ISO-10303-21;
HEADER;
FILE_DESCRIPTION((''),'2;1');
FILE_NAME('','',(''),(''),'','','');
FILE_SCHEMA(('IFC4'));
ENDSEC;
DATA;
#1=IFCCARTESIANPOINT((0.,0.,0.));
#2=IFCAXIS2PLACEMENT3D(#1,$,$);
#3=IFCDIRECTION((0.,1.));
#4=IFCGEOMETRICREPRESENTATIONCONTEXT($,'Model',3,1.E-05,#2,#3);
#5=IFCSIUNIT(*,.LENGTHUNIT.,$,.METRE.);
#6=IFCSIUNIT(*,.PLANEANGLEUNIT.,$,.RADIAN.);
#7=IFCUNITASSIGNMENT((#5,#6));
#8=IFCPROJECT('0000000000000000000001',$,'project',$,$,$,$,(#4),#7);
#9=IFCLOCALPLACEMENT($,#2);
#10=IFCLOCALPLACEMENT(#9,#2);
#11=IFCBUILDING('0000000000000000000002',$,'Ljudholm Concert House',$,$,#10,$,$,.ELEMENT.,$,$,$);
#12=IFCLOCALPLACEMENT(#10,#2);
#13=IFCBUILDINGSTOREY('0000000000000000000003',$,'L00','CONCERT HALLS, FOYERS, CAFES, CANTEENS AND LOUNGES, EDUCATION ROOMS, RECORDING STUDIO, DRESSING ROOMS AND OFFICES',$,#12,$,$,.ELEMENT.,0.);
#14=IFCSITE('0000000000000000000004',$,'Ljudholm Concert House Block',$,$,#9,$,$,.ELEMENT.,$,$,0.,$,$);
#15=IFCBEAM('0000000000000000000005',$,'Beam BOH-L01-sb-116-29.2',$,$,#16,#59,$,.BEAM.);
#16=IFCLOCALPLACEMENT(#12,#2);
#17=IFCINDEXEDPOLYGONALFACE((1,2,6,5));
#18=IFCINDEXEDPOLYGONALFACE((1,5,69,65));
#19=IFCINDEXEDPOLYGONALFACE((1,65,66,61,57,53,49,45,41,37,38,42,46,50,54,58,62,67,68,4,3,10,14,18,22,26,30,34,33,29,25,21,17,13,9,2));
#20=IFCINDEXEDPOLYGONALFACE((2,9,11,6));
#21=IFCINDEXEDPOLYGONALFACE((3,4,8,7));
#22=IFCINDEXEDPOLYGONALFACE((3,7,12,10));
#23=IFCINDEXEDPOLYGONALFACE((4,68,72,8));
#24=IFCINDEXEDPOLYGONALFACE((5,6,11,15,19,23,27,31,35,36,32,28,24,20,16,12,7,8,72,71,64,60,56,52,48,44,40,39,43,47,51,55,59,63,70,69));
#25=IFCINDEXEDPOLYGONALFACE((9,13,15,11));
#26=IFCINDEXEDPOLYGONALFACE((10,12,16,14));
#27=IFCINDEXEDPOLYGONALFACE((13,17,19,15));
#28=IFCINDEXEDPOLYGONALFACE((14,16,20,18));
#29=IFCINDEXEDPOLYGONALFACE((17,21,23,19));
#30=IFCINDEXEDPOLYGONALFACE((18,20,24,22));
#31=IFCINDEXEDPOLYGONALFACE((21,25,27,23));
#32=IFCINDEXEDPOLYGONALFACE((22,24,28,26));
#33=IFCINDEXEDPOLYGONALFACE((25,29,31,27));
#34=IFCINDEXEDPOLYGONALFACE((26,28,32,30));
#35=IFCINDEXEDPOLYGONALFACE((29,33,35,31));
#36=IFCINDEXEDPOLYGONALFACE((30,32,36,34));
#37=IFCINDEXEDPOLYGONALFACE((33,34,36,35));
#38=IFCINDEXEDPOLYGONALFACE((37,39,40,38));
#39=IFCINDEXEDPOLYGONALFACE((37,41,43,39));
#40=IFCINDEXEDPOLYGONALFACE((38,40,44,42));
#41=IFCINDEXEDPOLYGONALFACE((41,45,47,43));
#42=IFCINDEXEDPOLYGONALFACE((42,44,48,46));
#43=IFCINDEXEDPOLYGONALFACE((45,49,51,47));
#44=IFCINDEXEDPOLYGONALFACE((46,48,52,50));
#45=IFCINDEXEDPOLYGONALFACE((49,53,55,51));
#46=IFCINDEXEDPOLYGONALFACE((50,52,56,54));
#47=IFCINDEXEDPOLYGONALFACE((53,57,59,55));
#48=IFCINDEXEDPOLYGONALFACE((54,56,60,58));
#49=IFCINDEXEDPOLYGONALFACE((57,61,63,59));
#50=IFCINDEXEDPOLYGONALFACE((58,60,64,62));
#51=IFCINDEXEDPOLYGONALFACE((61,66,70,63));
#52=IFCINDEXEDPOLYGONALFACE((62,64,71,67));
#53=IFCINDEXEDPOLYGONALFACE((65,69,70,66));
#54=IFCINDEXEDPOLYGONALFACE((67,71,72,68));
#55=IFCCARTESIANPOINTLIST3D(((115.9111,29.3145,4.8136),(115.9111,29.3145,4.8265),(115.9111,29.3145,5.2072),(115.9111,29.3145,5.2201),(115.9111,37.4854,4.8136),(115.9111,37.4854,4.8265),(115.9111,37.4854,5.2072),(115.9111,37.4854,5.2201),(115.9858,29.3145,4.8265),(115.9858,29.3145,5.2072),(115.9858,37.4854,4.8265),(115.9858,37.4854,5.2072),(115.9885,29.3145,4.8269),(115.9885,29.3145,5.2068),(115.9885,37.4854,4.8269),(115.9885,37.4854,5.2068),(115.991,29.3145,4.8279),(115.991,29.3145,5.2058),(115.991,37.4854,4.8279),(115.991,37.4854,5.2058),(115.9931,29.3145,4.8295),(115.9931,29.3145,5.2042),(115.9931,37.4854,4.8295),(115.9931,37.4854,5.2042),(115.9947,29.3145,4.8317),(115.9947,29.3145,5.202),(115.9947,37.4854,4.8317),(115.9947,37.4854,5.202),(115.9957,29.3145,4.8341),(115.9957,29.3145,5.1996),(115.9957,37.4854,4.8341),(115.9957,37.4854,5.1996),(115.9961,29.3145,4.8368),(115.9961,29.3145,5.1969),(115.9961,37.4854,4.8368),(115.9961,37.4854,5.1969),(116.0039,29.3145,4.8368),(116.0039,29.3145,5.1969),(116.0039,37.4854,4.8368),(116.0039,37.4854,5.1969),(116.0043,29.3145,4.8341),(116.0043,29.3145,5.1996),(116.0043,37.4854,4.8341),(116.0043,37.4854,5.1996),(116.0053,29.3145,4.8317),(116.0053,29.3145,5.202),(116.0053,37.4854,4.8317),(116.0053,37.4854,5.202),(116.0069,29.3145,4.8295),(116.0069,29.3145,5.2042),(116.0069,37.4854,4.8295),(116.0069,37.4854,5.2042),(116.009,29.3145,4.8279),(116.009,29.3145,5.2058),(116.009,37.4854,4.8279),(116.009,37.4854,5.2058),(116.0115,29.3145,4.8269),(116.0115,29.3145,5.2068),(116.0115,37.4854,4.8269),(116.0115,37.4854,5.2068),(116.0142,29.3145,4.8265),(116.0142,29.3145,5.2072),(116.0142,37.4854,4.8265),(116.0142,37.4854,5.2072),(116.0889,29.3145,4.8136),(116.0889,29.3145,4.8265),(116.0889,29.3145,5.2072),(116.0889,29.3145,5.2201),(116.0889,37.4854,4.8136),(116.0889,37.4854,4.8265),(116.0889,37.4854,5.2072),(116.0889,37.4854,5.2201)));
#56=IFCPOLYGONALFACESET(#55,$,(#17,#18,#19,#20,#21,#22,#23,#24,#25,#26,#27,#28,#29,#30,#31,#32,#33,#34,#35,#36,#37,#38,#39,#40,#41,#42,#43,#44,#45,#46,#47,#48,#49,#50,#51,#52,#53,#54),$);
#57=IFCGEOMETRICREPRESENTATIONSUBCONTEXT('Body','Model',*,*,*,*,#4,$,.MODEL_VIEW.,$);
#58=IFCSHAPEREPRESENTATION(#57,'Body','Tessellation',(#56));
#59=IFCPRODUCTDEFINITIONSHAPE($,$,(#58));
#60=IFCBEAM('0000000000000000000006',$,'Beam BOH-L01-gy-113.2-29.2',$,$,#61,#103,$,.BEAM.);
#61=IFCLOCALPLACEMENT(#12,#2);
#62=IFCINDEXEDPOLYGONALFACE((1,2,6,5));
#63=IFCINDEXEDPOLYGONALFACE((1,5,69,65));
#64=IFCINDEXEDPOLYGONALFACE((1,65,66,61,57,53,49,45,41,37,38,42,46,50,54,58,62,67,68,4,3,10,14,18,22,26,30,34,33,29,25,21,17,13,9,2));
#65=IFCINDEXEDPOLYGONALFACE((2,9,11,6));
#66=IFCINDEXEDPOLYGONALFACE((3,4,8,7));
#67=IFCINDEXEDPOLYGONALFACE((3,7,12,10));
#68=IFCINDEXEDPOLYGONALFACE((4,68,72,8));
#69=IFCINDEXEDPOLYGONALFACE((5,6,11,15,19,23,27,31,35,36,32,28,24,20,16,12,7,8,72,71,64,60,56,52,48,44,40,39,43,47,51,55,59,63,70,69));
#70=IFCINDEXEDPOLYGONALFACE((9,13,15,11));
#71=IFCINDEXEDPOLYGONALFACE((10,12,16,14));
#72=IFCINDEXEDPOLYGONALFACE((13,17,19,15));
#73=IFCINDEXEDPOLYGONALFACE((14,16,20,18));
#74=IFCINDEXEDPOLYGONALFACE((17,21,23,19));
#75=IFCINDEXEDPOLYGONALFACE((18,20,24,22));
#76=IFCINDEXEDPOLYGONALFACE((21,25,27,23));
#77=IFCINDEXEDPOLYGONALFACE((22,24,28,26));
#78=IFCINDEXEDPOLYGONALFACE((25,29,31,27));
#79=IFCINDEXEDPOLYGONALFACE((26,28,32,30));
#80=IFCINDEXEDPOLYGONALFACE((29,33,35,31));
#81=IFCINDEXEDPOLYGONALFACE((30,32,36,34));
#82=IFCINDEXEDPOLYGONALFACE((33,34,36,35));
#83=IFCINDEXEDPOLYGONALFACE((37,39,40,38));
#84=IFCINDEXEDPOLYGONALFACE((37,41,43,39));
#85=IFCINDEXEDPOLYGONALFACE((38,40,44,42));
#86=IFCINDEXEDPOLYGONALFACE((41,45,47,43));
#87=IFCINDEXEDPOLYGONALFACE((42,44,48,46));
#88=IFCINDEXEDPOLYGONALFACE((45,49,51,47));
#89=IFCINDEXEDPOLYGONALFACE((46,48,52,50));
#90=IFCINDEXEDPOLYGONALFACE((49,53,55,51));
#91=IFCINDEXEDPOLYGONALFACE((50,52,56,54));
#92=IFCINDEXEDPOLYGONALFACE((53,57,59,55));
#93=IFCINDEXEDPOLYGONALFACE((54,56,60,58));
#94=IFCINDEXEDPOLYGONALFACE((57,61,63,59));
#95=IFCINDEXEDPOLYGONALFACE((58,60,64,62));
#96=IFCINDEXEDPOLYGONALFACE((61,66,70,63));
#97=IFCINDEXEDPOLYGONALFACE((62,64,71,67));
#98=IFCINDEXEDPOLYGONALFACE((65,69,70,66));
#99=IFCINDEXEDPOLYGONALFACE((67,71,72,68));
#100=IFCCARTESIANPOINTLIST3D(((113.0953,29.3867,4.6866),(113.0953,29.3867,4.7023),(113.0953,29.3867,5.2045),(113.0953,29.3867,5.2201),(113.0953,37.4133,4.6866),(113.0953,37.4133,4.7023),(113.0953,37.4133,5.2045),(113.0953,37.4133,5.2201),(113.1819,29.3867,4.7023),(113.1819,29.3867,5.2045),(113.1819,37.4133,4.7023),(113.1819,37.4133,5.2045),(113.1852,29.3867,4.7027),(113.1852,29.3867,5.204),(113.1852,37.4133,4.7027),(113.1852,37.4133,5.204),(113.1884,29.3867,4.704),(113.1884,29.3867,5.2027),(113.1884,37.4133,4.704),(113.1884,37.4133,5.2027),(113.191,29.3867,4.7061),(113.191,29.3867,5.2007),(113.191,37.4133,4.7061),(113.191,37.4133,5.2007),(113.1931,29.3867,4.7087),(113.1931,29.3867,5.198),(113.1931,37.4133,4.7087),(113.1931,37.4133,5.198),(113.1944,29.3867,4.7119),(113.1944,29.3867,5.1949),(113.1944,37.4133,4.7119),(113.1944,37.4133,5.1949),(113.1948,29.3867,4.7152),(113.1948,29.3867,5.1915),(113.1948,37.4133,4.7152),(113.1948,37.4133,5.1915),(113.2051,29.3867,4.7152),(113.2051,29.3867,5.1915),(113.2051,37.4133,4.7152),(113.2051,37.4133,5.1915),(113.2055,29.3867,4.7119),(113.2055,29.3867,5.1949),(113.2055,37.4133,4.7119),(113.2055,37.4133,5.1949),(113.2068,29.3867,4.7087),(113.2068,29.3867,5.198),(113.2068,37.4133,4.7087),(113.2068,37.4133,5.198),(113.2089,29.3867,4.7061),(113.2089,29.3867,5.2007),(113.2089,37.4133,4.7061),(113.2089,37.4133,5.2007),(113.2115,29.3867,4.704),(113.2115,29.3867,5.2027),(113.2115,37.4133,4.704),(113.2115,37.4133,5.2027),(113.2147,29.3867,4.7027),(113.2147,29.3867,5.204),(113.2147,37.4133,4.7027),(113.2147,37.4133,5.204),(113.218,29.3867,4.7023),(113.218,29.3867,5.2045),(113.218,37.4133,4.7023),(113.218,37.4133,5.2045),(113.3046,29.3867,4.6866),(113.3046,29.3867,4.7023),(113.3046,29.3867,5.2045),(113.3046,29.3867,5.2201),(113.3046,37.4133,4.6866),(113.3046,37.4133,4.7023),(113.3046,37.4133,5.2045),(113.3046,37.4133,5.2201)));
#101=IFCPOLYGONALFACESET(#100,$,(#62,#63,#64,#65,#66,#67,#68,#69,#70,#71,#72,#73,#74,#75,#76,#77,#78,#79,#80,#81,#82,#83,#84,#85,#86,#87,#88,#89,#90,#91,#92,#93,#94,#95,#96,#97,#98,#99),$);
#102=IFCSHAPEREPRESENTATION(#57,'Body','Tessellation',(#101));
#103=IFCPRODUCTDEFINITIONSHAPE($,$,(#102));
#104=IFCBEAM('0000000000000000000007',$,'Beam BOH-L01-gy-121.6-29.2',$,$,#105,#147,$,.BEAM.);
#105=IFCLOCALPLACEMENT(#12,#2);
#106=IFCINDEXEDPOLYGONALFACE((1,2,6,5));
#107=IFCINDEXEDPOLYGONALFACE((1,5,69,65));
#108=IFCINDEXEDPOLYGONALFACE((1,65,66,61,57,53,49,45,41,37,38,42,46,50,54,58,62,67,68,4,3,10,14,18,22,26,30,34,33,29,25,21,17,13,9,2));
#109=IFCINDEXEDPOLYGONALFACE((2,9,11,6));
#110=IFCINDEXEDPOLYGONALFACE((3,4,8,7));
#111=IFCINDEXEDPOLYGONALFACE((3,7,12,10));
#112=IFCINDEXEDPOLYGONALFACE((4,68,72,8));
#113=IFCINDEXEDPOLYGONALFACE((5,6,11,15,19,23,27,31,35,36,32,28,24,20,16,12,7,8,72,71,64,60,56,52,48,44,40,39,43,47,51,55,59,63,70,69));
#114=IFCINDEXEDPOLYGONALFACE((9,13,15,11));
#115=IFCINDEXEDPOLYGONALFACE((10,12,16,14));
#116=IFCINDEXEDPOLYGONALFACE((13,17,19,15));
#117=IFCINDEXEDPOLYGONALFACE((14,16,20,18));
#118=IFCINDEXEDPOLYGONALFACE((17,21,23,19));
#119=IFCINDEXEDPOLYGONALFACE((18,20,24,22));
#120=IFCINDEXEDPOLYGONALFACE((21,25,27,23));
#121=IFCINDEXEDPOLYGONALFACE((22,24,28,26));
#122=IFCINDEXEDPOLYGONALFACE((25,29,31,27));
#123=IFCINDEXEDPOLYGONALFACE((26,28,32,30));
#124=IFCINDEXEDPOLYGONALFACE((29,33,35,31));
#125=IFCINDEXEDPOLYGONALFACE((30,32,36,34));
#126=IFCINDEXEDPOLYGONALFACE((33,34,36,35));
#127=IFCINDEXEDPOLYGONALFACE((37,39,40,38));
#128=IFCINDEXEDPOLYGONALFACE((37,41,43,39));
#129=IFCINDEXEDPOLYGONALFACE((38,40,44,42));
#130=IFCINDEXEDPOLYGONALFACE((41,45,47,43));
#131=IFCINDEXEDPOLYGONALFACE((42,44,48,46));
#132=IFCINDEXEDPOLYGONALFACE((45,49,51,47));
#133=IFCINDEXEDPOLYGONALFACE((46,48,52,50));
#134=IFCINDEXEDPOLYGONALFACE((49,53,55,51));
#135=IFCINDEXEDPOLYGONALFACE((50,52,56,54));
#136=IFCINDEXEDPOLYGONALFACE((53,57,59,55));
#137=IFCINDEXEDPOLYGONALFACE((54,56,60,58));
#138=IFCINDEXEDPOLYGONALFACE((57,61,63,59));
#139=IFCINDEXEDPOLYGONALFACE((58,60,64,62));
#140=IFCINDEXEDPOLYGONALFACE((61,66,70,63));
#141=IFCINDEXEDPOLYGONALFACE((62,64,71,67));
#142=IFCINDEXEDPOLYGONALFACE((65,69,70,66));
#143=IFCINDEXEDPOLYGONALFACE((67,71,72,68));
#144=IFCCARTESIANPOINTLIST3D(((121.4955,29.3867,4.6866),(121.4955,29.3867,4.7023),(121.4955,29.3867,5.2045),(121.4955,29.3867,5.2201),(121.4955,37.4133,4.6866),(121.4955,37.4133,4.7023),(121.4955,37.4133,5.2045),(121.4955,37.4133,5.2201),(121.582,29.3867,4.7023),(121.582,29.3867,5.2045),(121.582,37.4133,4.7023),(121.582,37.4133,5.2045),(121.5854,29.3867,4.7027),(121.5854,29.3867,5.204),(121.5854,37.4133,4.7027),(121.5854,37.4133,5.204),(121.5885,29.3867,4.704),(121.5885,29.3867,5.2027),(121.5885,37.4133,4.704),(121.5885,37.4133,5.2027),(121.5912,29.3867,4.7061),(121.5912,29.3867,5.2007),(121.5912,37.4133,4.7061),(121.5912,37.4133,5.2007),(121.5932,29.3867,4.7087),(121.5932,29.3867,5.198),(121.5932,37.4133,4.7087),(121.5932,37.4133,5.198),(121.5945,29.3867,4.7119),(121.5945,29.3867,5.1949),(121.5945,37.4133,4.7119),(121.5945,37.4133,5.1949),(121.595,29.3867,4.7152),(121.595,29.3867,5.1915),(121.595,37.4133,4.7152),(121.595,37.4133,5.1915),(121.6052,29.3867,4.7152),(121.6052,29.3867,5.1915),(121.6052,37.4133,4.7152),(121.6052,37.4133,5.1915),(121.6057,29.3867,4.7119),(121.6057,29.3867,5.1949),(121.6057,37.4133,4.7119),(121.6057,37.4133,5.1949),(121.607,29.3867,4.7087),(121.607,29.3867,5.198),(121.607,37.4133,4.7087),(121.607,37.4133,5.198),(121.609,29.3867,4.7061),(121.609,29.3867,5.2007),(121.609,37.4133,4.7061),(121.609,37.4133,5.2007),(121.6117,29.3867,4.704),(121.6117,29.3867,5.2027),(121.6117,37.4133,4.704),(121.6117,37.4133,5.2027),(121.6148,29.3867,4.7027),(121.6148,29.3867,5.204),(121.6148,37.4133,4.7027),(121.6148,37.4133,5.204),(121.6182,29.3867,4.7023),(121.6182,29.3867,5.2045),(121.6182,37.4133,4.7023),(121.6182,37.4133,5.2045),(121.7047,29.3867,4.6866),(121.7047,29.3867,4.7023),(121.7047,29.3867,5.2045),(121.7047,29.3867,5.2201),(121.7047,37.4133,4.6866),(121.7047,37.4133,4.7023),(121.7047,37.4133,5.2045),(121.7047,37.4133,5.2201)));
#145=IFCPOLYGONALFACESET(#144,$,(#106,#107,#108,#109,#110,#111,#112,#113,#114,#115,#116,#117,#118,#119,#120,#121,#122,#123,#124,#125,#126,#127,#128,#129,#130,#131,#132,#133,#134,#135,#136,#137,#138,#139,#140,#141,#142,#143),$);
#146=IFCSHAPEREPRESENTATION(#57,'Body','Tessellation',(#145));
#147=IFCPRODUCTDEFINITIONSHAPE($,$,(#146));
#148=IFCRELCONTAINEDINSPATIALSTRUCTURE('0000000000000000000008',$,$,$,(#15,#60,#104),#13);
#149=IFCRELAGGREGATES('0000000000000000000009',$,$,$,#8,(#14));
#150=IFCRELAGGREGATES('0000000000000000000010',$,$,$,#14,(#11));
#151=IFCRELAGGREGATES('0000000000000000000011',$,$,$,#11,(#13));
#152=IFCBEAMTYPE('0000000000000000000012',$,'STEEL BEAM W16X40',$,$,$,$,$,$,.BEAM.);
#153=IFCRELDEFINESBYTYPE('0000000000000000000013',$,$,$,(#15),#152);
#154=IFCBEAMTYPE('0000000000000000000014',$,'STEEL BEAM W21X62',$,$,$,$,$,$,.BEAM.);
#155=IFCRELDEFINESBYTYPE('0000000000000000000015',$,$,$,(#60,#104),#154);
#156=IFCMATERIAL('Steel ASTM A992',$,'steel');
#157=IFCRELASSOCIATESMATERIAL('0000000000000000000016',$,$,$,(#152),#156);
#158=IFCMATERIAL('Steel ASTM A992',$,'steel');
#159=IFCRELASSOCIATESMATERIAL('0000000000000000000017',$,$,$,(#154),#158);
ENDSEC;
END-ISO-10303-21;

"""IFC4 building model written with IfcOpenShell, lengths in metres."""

from ifc_helpers import new_model, si_unit, direction, frame, origin, origin_2d, place, context, subcontext, project, spatial, i_section, extrude, material, material_profile, profile_set, type_object, element, save


model = new_model("IFC4")

# Units and contexts
model_context = context("Model", 3, precision=1e-05, world=origin(), true_north=direction((0.0, 1.0)))
body_context = subcontext(model_context, "Body", "Model", "MODEL_VIEW")
ifc_project = project(units=[si_unit("LENGTHUNIT", "METRE"), si_unit("PLANEANGLEUNIT", "RADIAN")], contexts=[model_context])

# Site, building, storey
site_placement = place(None, origin())
site = spatial("IfcSite", under=ifc_project, at=site_placement, Name="Ljudholm Concert House Block", CompositionType="ELEMENT", RefElevation=0.0)
building_placement = place(site_placement, origin())
building = spatial("IfcBuilding", under=site, at=building_placement, Name="Ljudholm Concert House", CompositionType="ELEMENT")
storey_placement = place(building_placement, origin())
storey = spatial("IfcBuildingStorey", under=building, at=storey_placement, Name="L00", Description="CONCERT HALLS, FOYERS, CAFES, CANTEENS AND LOUNGES, EDUCATION ROOMS, RECORDING STUDIO, DRESSING ROOMS AND OFFICES", CompositionType="ELEMENT", Elevation=0.0)

# Beams
ifc_material_1 = material(Name="Steel ASTM A992", Category="steel")
ifc_material_profile_1 = material_profile(ifc_material_1, i_section(OverallWidth=0.1777, OverallDepth=0.4065, WebThickness=0.0078, FlangeThickness=0.0129, FilletRadius=0.0103, at=origin_2d()), Name="W16X40")
ifc_profile_set_1 = profile_set([ifc_material_profile_1], Name="Steel ASTM A992")
beam_type_1 = type_object("IfcBeamType", Name="STEEL BEAM W16X40", PredefinedType="BEAM", material=ifc_profile_set_1)
beam_placement = place(storey_placement, frame((116.0, 29.3145, 5.0168), z_axis=(0.0, 1.0, 0.0), x_axis=(-1.0, 0.0, 0.0)))
element("IfcBeam", 1, at=beam_placement, inside=storey, type_object=beam_type_1, Name="Beam BOH-L01-sb-116-29.2", PredefinedType="BEAM", context=body_context, shape_type="SweptSolid", body=[
    extrude(i_section(OverallWidth=0.1777, OverallDepth=0.4065, WebThickness=0.0078, FlangeThickness=0.0129, FilletRadius=0.0103, at=origin_2d()), origin(), (0.0, 0.0, 1.0), 8.1709),
])
ifc_material_2 = material(Name="Steel ASTM A992", Category="steel")
ifc_material_profile_2 = material_profile(ifc_material_2, i_section(OverallWidth=0.2092, OverallDepth=0.5334, WebThickness=0.0103, FlangeThickness=0.0156, FilletRadius=0.0129, at=origin_2d()), Name="W21X62")
ifc_profile_set_2 = profile_set([ifc_material_profile_2], Name="Steel ASTM A992")
beam_type_2 = type_object("IfcBeamType", Name="STEEL BEAM W21X62", PredefinedType="BEAM", material=ifc_profile_set_2)
for number, where, z_axis, x_axis, name in (
    (2, (113.2, 29.3867, 4.9534), (0.0, 1.0, 0.0), (-1.0, 0.0, 0.0), "Beam BOH-L01-gy-113.2-29.2"),
    (3, (121.6001, 29.3867, 4.9534), (0.0, 1.0, 0.0), (-1.0, 0.0, 0.0), "Beam BOH-L01-gy-121.6-29.2"),
):
    element("IfcBeam", number, at=place(storey_placement, frame(where, z_axis=z_axis, x_axis=x_axis)), inside=storey, type_object=beam_type_2, Name=name, PredefinedType="BEAM", context=body_context, shape_type="SweptSolid", body=[
        extrude(i_section(OverallWidth=0.2092, OverallDepth=0.5334, WebThickness=0.0103, FlangeThickness=0.0156, FilletRadius=0.0129, at=origin_2d()), origin(), (0.0, 0.0, 1.0), 8.0266),
    ])

save(model, "model.ifc")
